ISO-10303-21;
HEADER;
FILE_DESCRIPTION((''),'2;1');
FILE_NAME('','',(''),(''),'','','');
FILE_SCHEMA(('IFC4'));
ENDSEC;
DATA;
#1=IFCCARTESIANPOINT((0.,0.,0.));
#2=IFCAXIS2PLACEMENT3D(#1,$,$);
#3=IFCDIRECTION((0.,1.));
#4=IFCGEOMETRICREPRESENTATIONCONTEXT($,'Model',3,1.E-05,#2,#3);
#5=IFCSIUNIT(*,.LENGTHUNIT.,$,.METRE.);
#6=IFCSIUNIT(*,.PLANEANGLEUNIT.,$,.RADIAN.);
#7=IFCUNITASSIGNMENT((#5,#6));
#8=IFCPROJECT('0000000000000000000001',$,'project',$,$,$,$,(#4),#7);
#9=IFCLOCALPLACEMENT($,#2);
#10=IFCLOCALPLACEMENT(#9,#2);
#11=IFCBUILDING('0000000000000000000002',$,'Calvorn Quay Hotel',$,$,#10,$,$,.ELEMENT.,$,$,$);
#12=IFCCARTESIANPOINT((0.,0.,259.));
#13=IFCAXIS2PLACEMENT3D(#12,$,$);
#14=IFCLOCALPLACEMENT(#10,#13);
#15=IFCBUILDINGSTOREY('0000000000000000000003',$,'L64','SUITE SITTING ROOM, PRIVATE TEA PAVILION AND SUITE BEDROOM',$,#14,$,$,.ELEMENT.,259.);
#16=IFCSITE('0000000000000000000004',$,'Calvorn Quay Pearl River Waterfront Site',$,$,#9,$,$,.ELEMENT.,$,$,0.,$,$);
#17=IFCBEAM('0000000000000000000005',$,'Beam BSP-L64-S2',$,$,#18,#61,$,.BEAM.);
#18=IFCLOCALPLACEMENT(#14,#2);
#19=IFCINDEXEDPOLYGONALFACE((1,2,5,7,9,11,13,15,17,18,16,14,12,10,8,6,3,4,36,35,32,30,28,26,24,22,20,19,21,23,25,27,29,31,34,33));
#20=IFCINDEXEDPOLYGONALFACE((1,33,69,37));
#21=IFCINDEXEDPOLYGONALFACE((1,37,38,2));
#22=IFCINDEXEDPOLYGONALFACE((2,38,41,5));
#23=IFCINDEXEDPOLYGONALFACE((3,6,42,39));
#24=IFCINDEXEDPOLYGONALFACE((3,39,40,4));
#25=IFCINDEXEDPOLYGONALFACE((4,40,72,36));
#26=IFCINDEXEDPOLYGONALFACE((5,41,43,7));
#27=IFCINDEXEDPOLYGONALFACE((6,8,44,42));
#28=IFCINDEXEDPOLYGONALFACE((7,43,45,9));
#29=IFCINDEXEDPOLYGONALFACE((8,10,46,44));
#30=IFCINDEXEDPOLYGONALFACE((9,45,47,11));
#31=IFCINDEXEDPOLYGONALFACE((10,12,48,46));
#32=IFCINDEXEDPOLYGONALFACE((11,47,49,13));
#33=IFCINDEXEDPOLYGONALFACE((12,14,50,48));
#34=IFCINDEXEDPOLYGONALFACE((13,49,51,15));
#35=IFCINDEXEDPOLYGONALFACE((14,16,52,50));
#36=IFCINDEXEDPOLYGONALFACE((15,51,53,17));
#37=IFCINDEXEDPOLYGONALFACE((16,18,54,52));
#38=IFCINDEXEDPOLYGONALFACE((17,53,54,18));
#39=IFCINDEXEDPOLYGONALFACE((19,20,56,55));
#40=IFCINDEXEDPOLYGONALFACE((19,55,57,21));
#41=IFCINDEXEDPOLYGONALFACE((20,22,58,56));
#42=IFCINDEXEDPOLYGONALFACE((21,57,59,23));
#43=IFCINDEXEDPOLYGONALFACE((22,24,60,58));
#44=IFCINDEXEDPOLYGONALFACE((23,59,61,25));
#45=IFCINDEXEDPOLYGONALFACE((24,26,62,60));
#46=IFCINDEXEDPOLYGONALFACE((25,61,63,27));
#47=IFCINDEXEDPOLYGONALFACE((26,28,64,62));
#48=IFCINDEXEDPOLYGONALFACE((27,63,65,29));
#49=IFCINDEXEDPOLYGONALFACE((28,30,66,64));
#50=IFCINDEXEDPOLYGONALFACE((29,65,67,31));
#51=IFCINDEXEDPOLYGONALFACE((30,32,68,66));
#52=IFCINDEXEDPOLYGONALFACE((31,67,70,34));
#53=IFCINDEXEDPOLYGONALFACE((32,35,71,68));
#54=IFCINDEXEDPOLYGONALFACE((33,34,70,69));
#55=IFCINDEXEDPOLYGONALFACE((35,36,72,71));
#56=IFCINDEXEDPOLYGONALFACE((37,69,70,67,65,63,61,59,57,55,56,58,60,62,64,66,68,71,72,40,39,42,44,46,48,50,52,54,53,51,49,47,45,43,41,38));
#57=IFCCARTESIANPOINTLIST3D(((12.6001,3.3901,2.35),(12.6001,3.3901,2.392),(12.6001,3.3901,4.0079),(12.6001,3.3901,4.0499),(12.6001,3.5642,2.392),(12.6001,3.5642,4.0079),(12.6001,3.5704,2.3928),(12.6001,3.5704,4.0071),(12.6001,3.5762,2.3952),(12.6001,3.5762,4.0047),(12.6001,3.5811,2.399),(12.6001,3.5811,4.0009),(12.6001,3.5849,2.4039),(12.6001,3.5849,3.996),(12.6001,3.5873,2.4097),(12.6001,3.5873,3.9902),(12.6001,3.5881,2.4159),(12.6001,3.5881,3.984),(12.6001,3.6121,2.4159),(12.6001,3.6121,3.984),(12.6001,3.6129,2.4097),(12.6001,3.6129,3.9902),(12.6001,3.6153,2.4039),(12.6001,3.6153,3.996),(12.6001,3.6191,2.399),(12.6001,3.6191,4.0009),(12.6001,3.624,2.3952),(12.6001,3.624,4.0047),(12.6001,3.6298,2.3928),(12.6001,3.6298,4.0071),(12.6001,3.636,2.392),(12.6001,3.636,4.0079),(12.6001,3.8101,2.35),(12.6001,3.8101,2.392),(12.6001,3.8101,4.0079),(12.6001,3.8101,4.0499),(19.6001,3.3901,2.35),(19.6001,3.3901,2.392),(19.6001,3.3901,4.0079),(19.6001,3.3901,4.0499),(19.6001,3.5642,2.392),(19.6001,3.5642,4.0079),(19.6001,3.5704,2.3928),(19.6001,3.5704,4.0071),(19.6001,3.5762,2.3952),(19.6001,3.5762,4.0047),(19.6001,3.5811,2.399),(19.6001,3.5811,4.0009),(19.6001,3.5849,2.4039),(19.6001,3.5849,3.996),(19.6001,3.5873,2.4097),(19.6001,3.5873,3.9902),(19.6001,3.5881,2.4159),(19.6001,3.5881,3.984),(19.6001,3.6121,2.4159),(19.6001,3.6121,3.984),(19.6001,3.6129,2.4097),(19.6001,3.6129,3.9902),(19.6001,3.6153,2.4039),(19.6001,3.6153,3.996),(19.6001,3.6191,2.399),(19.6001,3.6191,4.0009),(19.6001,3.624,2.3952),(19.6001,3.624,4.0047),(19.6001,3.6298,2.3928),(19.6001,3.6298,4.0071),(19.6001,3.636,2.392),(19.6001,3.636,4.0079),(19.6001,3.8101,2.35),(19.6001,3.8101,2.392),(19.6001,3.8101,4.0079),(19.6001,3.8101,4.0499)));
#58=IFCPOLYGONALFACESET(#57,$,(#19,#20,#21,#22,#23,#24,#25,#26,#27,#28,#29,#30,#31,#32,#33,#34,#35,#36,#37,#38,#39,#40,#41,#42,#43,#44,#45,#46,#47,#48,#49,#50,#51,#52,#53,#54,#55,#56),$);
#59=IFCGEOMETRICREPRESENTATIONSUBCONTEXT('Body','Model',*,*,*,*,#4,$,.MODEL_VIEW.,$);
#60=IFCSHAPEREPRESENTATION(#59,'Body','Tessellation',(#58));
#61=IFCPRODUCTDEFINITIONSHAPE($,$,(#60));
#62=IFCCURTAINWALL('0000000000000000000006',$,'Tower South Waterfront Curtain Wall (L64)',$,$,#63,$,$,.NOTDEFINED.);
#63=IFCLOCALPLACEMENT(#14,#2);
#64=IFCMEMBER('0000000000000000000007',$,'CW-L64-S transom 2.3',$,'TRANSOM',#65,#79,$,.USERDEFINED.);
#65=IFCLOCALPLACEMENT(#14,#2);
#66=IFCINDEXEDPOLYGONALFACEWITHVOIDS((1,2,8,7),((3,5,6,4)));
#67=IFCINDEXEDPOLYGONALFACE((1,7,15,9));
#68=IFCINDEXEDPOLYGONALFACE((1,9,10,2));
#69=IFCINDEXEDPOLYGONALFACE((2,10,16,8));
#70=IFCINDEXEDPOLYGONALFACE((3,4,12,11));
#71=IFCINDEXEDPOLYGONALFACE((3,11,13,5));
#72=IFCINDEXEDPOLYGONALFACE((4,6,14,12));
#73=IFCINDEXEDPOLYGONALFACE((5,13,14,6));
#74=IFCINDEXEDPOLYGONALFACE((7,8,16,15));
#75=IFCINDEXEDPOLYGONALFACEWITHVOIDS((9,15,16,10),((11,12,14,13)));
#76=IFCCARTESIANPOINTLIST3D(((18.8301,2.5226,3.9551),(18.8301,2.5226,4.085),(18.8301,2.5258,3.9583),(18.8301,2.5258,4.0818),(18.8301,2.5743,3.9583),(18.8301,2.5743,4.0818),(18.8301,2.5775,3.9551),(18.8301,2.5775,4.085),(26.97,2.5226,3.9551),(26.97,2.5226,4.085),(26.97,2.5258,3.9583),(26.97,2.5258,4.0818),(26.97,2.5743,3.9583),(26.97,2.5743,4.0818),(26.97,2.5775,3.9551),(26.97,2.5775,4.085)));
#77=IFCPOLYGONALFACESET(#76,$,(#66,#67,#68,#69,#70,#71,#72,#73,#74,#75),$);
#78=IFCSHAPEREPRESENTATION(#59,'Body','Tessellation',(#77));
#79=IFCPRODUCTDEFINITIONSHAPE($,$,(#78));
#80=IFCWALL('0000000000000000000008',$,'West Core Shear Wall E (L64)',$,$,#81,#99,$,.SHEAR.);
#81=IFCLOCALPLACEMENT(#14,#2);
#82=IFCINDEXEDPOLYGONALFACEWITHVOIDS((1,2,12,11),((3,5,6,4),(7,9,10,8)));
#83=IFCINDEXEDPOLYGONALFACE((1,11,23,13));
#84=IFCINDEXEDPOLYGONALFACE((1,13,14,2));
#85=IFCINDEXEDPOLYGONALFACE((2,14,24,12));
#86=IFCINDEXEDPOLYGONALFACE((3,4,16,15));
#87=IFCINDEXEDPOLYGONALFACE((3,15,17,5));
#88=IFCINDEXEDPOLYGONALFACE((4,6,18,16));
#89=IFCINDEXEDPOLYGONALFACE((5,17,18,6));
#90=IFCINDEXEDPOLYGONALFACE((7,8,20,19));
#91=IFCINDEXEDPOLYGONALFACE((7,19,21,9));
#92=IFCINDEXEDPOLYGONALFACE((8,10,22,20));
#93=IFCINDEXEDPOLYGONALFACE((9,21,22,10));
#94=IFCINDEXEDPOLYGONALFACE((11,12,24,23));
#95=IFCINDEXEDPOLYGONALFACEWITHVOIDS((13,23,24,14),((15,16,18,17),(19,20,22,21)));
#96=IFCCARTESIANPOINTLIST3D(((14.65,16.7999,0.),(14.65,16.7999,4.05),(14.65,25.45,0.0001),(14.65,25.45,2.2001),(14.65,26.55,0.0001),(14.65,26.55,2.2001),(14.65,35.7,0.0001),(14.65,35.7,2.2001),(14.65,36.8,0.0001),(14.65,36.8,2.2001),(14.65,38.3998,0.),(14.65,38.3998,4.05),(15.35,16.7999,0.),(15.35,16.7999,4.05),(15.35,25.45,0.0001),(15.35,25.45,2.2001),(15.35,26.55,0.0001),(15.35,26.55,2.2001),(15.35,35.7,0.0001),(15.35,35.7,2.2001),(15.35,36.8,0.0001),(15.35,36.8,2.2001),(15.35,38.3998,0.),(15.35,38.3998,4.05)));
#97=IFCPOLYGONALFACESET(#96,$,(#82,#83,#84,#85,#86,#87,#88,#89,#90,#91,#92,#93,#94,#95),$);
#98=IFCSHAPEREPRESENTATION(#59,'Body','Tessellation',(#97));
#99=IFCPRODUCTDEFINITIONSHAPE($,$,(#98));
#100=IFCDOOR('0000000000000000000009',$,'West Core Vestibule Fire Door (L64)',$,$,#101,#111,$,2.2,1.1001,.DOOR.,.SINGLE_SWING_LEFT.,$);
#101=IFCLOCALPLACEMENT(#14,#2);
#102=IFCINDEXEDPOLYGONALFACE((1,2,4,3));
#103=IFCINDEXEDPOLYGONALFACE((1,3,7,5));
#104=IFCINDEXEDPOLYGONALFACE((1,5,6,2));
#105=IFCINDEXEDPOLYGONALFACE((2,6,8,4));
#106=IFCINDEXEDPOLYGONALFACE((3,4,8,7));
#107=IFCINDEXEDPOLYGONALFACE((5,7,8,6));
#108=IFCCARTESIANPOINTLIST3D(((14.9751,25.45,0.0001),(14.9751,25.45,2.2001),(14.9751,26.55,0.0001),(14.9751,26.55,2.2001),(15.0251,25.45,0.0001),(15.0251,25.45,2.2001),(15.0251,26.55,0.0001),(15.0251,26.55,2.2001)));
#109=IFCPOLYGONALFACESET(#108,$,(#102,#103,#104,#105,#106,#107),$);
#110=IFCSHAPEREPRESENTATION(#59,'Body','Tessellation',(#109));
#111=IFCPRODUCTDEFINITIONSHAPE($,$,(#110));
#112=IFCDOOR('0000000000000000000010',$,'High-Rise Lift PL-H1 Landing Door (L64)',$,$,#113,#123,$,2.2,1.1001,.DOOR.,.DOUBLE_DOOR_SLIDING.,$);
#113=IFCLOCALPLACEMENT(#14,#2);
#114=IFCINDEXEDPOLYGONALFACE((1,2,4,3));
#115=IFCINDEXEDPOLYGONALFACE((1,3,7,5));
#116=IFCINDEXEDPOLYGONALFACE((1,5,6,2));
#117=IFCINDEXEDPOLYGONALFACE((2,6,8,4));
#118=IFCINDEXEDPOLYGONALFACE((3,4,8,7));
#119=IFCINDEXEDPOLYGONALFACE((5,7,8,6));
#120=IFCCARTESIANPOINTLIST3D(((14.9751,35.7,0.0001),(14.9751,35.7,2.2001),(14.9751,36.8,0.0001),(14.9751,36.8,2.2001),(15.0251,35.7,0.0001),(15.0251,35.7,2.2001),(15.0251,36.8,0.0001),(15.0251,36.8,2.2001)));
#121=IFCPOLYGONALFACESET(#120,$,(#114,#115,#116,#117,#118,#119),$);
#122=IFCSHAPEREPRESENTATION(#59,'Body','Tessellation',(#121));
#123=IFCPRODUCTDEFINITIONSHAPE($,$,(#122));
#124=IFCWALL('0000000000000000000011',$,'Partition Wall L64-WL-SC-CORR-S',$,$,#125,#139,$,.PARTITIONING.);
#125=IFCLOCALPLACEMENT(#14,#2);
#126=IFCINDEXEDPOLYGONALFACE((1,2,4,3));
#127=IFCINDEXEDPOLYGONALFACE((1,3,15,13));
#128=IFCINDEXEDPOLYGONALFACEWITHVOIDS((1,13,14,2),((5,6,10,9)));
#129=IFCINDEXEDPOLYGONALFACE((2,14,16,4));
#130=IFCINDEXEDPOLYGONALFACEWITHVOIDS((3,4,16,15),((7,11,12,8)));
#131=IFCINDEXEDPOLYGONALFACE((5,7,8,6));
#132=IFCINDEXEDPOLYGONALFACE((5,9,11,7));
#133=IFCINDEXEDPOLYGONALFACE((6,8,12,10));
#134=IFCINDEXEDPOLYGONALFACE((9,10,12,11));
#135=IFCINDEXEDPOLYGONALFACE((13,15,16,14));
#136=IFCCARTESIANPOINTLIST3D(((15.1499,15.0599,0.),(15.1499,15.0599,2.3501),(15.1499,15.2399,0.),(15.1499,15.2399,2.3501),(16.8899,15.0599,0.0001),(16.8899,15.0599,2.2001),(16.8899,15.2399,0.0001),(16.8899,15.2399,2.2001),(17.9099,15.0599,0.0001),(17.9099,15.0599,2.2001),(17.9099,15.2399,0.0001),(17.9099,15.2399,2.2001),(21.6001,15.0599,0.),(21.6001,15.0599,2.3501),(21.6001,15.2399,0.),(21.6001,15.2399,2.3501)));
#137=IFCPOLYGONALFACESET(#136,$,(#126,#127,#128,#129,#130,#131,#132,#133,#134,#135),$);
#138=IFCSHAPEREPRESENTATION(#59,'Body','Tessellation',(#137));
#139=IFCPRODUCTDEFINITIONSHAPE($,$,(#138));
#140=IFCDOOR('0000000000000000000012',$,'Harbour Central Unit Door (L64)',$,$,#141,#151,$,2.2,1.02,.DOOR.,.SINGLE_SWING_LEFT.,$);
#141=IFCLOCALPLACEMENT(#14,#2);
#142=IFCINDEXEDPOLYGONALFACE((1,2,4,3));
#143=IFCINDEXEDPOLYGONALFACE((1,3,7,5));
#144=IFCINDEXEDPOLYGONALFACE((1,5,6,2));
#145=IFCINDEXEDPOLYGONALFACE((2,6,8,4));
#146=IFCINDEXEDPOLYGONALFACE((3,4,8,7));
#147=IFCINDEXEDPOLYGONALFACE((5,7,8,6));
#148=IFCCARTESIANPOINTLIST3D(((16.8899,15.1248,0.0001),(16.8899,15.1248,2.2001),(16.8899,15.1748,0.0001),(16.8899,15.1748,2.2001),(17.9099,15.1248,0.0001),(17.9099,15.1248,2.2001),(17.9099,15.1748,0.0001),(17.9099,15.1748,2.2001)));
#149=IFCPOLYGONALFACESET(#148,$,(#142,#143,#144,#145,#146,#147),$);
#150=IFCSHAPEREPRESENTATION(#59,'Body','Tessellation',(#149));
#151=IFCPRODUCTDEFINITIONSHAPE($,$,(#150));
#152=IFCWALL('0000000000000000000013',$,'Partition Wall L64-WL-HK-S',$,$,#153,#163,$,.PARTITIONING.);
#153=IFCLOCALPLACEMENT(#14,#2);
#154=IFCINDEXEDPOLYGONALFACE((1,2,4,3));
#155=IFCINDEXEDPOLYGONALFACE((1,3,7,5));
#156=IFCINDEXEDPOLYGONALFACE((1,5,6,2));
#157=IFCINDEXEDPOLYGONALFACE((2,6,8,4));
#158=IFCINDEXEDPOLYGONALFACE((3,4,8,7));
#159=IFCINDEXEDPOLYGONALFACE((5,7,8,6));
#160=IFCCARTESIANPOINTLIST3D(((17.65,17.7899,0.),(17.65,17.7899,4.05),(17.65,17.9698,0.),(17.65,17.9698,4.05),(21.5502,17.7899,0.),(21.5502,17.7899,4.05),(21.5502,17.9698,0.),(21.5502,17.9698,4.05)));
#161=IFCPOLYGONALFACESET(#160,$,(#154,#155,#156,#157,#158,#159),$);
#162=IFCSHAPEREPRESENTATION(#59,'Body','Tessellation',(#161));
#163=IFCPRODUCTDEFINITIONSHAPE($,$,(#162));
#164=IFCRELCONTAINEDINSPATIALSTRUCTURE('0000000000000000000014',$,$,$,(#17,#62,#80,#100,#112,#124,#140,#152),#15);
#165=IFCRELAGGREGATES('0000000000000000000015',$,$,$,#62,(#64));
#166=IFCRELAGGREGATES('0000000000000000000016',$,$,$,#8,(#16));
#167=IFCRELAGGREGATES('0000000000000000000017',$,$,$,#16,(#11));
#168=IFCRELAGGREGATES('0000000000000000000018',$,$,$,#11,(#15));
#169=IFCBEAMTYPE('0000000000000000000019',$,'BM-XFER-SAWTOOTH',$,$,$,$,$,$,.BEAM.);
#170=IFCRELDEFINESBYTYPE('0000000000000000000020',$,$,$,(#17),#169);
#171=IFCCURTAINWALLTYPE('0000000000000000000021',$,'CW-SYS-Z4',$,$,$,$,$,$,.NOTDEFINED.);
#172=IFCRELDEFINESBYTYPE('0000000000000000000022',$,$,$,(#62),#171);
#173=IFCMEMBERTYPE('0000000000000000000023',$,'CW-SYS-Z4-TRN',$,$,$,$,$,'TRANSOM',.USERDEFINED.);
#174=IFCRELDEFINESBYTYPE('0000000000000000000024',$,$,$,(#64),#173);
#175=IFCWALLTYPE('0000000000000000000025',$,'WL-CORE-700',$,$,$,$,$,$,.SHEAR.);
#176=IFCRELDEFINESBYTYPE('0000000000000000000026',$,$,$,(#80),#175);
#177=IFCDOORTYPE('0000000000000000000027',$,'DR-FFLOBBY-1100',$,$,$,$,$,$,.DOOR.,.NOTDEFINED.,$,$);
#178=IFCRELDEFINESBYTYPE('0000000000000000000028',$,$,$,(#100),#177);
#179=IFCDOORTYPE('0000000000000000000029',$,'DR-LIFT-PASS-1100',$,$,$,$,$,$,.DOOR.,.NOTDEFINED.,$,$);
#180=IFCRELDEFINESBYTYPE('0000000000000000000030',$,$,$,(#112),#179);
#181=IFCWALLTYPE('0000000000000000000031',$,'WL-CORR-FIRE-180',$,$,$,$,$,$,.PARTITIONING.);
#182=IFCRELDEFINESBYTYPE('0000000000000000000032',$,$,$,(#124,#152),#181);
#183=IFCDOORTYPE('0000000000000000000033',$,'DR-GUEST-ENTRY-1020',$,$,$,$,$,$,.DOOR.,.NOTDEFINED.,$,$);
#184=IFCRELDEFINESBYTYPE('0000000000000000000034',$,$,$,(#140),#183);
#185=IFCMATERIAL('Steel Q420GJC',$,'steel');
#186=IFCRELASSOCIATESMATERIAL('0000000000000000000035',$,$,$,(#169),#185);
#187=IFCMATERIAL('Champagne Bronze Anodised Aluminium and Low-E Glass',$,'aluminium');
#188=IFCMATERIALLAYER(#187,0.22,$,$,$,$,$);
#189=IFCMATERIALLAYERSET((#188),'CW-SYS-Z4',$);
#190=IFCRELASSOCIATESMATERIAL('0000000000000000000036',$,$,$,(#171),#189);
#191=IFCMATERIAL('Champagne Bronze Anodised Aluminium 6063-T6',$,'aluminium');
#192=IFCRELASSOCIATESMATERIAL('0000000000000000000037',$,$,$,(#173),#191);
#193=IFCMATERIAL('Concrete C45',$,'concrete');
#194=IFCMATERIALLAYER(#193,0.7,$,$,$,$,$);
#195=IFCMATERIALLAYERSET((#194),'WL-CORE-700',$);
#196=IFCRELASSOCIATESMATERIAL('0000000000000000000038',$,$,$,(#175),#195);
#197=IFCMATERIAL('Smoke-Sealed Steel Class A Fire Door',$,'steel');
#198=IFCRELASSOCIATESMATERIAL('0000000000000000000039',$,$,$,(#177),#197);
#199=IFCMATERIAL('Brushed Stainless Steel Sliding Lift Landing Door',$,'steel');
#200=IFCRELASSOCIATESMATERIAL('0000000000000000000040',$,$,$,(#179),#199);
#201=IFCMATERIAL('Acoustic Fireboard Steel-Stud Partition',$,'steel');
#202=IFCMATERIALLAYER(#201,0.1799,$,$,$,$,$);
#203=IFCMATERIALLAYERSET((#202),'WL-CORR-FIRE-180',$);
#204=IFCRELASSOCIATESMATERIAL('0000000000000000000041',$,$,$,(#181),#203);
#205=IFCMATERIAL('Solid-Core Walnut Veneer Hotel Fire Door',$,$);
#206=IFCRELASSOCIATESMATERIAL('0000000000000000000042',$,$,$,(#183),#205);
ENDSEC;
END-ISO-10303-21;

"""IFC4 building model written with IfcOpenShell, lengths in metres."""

from ifc_helpers import new_model, si_unit, direction, frame, frame_2d, origin, origin_2d, place, context, subcontext, project, spatial, rectangle, hollow_rectangle, i_section, extrude, material, layer, layer_set, material_profile, profile_set, type_object, element, fill, aggregate, save


model = new_model("IFC4")

# Units and contexts
model_context = context("Model", 3, precision=1e-05, world=origin(), true_north=direction((0.0, 1.0)))
body_context = subcontext(model_context, "Body", "Model", "MODEL_VIEW")
ifc_project = project(units=[si_unit("LENGTHUNIT", "METRE"), si_unit("PLANEANGLEUNIT", "RADIAN")], contexts=[model_context])

# Site, building, storey
site_placement = place(None, origin())
site = spatial("IfcSite", under=ifc_project, at=site_placement, Name="Calvorn Quay Pearl River Waterfront Site", CompositionType="ELEMENT", RefElevation=0.0)
building_placement = place(site_placement, origin())
building = spatial("IfcBuilding", under=site, at=building_placement, Name="Calvorn Quay Hotel", CompositionType="ELEMENT")
storey_placement = place(building_placement, frame((0.0, 0.0, 259.0)))
storey = spatial("IfcBuildingStorey", under=building, at=storey_placement, Name="L64", Description="SUITE SITTING ROOM, PRIVATE TEA PAVILION AND SUITE BEDROOM", CompositionType="ELEMENT", Elevation=259.0)

# Beam
ifc_material_1 = material(Name="Steel Q420GJC", Category="steel")
ifc_material_profile_1 = material_profile(ifc_material_1, i_section(OverallWidth=0.4199, OverallDepth=1.7, WebThickness=0.0239, FlangeThickness=0.042, FilletRadius=0.0239, at=origin_2d()), Name="HN1700x420x24x42")
ifc_profile_set_1 = profile_set([ifc_material_profile_1], Name="Steel Q420GJC")
beam_type_1 = type_object("IfcBeamType", Name="BM-XFER-SAWTOOTH", PredefinedType="BEAM", material=ifc_profile_set_1)
beam_1_placement = place(storey_placement, frame((12.6001, 3.6001, 3.2), z_axis=(1.0, 0.0, 0.0), x_axis=(0.0, 1.0, 0.0)))
element("IfcBeam", 1, at=beam_1_placement, inside=storey, type_object=beam_type_1, Name="Beam BSP-L64-S2", PredefinedType="BEAM", context=body_context, shape_type="SweptSolid", body=[
    extrude(i_section(OverallWidth=0.4199, OverallDepth=1.7, WebThickness=0.0239, FlangeThickness=0.042, FilletRadius=0.0239, at=origin_2d()), origin(), (0.0, 0.0, 1.0), 7.0),
])

# Curtain wall, member
ifc_material_2 = material(Name="Champagne Bronze Anodised Aluminium and Low-E Glass", Category="aluminium")
ifc_layer_1 = layer(ifc_material_2, 0.22)
ifc_layer_set_1 = layer_set([ifc_layer_1], Name="CW-SYS-Z4")
curtain_wall_type = type_object("IfcCurtainWallType", Name="CW-SYS-Z4", PredefinedType="NOTDEFINED", material=ifc_layer_set_1)
curtain_wall_placement = place(storey_placement, origin())
curtain_wall = element("IfcCurtainWall", 2, at=curtain_wall_placement, inside=storey, type_object=curtain_wall_type, Name="Tower South Waterfront Curtain Wall (L64)", PredefinedType="NOTDEFINED")
ifc_material_3 = material(Name="Champagne Bronze Anodised Aluminium 6063-T6", Category="aluminium")
ifc_material_profile_2 = material_profile(ifc_material_3, hollow_rectangle(XDim=0.0549, YDim=0.1299, WallThickness=0.0032, at=origin_2d()), Name="ALU-T130x55x3.2")
ifc_profile_set_2 = profile_set([ifc_material_profile_2], Name="Champagne Bronze Anodised Aluminium 6063-T6")
member_type = type_object("IfcMemberType", Name="CW-SYS-Z4-TRN", ElementType="TRANSOM", PredefinedType="USERDEFINED", material=ifc_profile_set_2)
member_placement = place(storey_placement, frame((18.8301, 2.55, 4.02), z_axis=(1.0, 0.0, 0.0), x_axis=(0.0, 1.0, 0.0)))
member = element("IfcMember", 3, at=member_placement, type_object=member_type, Name="CW-L64-S transom 2.3", ObjectType="TRANSOM", PredefinedType="USERDEFINED", context=body_context, shape_type="SweptSolid", body=[
    extrude(hollow_rectangle(XDim=0.0549, YDim=0.1299, WallThickness=0.0032, at=origin_2d()), origin(), (0.0, 0.0, 1.0), 8.1399),
])
aggregate(curtain_wall, [member])

# Wall, openings, doors
ifc_material_4 = material(Name="Concrete C45", Category="concrete")
ifc_layer_2 = layer(ifc_material_4, 0.7)
ifc_layer_set_2 = layer_set([ifc_layer_2], Name="WL-CORE-700")
wall_type_1 = type_object("IfcWallType", Name="WL-CORE-700", PredefinedType="SHEAR", material=ifc_layer_set_2)
wall_1_placement = place(storey_placement, frame((15.0, 16.8, 0.0), z_axis=(0.0, 0.0, 1.0), x_axis=(0.0, 1.0, 0.0)))
wall_1 = element("IfcWall", 4, at=wall_1_placement, inside=storey, type_object=wall_type_1, Name="West Core Shear Wall E (L64)", PredefinedType="SHEAR", context=body_context, shape_type="SweptSolid", body=[
    extrude(rectangle(XDim=21.5999, YDim=0.7, at=frame_2d((10.7998, 0.0))), origin(), (0.0, 0.0, 1.0), 4.05),
])
opening_1_placement = place(wall_1_placement, frame((8.6499, 0.0, 0.0)))
opening_1 = element("IfcOpeningElement", 5, at=opening_1_placement, cuts=wall_1, PredefinedType="OPENING", context=body_context, shape_type="SweptSolid", body=[
    extrude(rectangle(XDim=1.1001, YDim=2.2, at=frame_2d((0.55, 1.1001))), frame((0.0, 0.3599, 0.0), z_axis=(0.0, -1.0, 0.0), x_axis=(1.0, 0.0, 0.0)), (0.0, 0.0, 1.0), 0.72),
])
opening_2_placement = place(wall_1_placement, frame((18.8999, 0.0, 0.0)))
opening_2 = element("IfcOpeningElement", 6, at=opening_2_placement, cuts=wall_1, PredefinedType="OPENING", context=body_context, shape_type="SweptSolid", body=[
    extrude(rectangle(XDim=1.1001, YDim=2.2, at=frame_2d((0.55, 1.1001))), frame((0.0, 0.3599, 0.0), z_axis=(0.0, -1.0, 0.0), x_axis=(1.0, 0.0, 0.0)), (0.0, 0.0, 1.0), 0.72),
])
ifc_material_5 = material(Name="Smoke-Sealed Steel Class A Fire Door", Category="steel")
door_type_1 = type_object("IfcDoorType", Name="DR-FFLOBBY-1100", OperationType="NOTDEFINED", PredefinedType="DOOR", material=ifc_material_5)
door_1_placement = place(opening_1_placement, origin())
door_1 = element("IfcDoor", 7, at=door_1_placement, inside=storey, type_object=door_type_1, Name="West Core Vestibule Fire Door (L64)", OperationType="SINGLE_SWING_LEFT", OverallHeight=2.2, OverallWidth=1.1001, PredefinedType="DOOR", context=body_context, shape_type="SweptSolid", body=[
    extrude(rectangle(XDim=1.1001, YDim=2.2, at=frame_2d((0.55, 1.1001))), frame((0.0, 0.0249, 0.0), z_axis=(0.0, -1.0, 0.0), x_axis=(1.0, 0.0, 0.0)), (0.0, 0.0, 1.0), 0.05),
])
fill(opening_1, door_1)
ifc_material_6 = material(Name="Brushed Stainless Steel Sliding Lift Landing Door", Category="steel")
door_type_2 = type_object("IfcDoorType", Name="DR-LIFT-PASS-1100", OperationType="NOTDEFINED", PredefinedType="DOOR", material=ifc_material_6)
door_2_placement = place(opening_2_placement, origin())
door_2 = element("IfcDoor", 8, at=door_2_placement, inside=storey, type_object=door_type_2, Name="High-Rise Lift PL-H1 Landing Door (L64)", OperationType="DOUBLE_DOOR_SLIDING", OverallHeight=2.2, OverallWidth=1.1001, PredefinedType="DOOR", context=body_context, shape_type="SweptSolid", body=[
    extrude(rectangle(XDim=1.1001, YDim=2.2, at=frame_2d((0.55, 1.1001))), frame((0.0, 0.0249, 0.0), z_axis=(0.0, -1.0, 0.0), x_axis=(1.0, 0.0, 0.0)), (0.0, 0.0, 1.0), 0.05),
])
fill(opening_2, door_2)

# Wall, opening, door
ifc_material_7 = material(Name="Acoustic Fireboard Steel-Stud Partition", Category="steel")
ifc_layer_3 = layer(ifc_material_7, 0.1799)
ifc_layer_set_3 = layer_set([ifc_layer_3], Name="WL-CORR-FIRE-180")
wall_type_2 = type_object("IfcWallType", Name="WL-CORR-FIRE-180", PredefinedType="PARTITIONING", material=ifc_layer_set_3)
wall_2_placement = place(storey_placement, frame((15.1499, 15.1499, 0.0), z_axis=(0.0, 0.0, 1.0), x_axis=(1.0, 0.0, 0.0)))
wall_2 = element("IfcWall", 9, at=wall_2_placement, inside=storey, type_object=wall_type_2, Name="Partition Wall L64-WL-SC-CORR-S", PredefinedType="PARTITIONING", context=body_context, shape_type="SweptSolid", body=[
    extrude(rectangle(XDim=6.4502, YDim=0.1799, at=frame_2d((3.2251, 0.0))), origin(), (0.0, 0.0, 1.0), 2.3501),
])
opening_3_placement = place(wall_2_placement, frame((1.74, 0.0, 0.0)))
opening_3 = element("IfcOpeningElement", 10, at=opening_3_placement, cuts=wall_2, PredefinedType="OPENING", context=body_context, shape_type="SweptSolid", body=[
    extrude(rectangle(XDim=1.02, YDim=2.2, at=frame_2d((0.51, 1.1001))), frame((0.0, 0.0999, 0.0), z_axis=(0.0, -1.0, 0.0), x_axis=(1.0, 0.0, 0.0)), (0.0, 0.0, 1.0), 0.2),
])
ifc_material_8 = material(Name="Solid-Core Walnut Veneer Hotel Fire Door")
door_type_3 = type_object("IfcDoorType", Name="DR-GUEST-ENTRY-1020", OperationType="NOTDEFINED", PredefinedType="DOOR", material=ifc_material_8)
door_3_placement = place(opening_3_placement, origin())
door_3 = element("IfcDoor", 11, at=door_3_placement, inside=storey, type_object=door_type_3, Name="Harbour Central Unit Door (L64)", OperationType="SINGLE_SWING_LEFT", OverallHeight=2.2, OverallWidth=1.02, PredefinedType="DOOR", context=body_context, shape_type="SweptSolid", body=[
    extrude(rectangle(XDim=1.02, YDim=2.2, at=frame_2d((0.51, 1.1001))), frame((0.0, 0.0249, 0.0), z_axis=(0.0, -1.0, 0.0), x_axis=(1.0, 0.0, 0.0)), (0.0, 0.0, 1.0), 0.05),
])
fill(opening_3, door_3)

# Wall
wall_3_placement = place(storey_placement, frame((17.6499, 17.8799, 0.0), z_axis=(0.0, 0.0, 1.0), x_axis=(1.0, 0.0, 0.0)))
element("IfcWall", 12, at=wall_3_placement, inside=storey, type_object=wall_type_2, Name="Partition Wall L64-WL-HK-S", PredefinedType="PARTITIONING", context=body_context, shape_type="SweptSolid", body=[
    extrude(rectangle(XDim=3.9001, YDim=0.1799, at=frame_2d((1.9502, 0.0))), origin(), (0.0, 0.0, 1.0), 4.05),
])

save(model, "model.ifc")
